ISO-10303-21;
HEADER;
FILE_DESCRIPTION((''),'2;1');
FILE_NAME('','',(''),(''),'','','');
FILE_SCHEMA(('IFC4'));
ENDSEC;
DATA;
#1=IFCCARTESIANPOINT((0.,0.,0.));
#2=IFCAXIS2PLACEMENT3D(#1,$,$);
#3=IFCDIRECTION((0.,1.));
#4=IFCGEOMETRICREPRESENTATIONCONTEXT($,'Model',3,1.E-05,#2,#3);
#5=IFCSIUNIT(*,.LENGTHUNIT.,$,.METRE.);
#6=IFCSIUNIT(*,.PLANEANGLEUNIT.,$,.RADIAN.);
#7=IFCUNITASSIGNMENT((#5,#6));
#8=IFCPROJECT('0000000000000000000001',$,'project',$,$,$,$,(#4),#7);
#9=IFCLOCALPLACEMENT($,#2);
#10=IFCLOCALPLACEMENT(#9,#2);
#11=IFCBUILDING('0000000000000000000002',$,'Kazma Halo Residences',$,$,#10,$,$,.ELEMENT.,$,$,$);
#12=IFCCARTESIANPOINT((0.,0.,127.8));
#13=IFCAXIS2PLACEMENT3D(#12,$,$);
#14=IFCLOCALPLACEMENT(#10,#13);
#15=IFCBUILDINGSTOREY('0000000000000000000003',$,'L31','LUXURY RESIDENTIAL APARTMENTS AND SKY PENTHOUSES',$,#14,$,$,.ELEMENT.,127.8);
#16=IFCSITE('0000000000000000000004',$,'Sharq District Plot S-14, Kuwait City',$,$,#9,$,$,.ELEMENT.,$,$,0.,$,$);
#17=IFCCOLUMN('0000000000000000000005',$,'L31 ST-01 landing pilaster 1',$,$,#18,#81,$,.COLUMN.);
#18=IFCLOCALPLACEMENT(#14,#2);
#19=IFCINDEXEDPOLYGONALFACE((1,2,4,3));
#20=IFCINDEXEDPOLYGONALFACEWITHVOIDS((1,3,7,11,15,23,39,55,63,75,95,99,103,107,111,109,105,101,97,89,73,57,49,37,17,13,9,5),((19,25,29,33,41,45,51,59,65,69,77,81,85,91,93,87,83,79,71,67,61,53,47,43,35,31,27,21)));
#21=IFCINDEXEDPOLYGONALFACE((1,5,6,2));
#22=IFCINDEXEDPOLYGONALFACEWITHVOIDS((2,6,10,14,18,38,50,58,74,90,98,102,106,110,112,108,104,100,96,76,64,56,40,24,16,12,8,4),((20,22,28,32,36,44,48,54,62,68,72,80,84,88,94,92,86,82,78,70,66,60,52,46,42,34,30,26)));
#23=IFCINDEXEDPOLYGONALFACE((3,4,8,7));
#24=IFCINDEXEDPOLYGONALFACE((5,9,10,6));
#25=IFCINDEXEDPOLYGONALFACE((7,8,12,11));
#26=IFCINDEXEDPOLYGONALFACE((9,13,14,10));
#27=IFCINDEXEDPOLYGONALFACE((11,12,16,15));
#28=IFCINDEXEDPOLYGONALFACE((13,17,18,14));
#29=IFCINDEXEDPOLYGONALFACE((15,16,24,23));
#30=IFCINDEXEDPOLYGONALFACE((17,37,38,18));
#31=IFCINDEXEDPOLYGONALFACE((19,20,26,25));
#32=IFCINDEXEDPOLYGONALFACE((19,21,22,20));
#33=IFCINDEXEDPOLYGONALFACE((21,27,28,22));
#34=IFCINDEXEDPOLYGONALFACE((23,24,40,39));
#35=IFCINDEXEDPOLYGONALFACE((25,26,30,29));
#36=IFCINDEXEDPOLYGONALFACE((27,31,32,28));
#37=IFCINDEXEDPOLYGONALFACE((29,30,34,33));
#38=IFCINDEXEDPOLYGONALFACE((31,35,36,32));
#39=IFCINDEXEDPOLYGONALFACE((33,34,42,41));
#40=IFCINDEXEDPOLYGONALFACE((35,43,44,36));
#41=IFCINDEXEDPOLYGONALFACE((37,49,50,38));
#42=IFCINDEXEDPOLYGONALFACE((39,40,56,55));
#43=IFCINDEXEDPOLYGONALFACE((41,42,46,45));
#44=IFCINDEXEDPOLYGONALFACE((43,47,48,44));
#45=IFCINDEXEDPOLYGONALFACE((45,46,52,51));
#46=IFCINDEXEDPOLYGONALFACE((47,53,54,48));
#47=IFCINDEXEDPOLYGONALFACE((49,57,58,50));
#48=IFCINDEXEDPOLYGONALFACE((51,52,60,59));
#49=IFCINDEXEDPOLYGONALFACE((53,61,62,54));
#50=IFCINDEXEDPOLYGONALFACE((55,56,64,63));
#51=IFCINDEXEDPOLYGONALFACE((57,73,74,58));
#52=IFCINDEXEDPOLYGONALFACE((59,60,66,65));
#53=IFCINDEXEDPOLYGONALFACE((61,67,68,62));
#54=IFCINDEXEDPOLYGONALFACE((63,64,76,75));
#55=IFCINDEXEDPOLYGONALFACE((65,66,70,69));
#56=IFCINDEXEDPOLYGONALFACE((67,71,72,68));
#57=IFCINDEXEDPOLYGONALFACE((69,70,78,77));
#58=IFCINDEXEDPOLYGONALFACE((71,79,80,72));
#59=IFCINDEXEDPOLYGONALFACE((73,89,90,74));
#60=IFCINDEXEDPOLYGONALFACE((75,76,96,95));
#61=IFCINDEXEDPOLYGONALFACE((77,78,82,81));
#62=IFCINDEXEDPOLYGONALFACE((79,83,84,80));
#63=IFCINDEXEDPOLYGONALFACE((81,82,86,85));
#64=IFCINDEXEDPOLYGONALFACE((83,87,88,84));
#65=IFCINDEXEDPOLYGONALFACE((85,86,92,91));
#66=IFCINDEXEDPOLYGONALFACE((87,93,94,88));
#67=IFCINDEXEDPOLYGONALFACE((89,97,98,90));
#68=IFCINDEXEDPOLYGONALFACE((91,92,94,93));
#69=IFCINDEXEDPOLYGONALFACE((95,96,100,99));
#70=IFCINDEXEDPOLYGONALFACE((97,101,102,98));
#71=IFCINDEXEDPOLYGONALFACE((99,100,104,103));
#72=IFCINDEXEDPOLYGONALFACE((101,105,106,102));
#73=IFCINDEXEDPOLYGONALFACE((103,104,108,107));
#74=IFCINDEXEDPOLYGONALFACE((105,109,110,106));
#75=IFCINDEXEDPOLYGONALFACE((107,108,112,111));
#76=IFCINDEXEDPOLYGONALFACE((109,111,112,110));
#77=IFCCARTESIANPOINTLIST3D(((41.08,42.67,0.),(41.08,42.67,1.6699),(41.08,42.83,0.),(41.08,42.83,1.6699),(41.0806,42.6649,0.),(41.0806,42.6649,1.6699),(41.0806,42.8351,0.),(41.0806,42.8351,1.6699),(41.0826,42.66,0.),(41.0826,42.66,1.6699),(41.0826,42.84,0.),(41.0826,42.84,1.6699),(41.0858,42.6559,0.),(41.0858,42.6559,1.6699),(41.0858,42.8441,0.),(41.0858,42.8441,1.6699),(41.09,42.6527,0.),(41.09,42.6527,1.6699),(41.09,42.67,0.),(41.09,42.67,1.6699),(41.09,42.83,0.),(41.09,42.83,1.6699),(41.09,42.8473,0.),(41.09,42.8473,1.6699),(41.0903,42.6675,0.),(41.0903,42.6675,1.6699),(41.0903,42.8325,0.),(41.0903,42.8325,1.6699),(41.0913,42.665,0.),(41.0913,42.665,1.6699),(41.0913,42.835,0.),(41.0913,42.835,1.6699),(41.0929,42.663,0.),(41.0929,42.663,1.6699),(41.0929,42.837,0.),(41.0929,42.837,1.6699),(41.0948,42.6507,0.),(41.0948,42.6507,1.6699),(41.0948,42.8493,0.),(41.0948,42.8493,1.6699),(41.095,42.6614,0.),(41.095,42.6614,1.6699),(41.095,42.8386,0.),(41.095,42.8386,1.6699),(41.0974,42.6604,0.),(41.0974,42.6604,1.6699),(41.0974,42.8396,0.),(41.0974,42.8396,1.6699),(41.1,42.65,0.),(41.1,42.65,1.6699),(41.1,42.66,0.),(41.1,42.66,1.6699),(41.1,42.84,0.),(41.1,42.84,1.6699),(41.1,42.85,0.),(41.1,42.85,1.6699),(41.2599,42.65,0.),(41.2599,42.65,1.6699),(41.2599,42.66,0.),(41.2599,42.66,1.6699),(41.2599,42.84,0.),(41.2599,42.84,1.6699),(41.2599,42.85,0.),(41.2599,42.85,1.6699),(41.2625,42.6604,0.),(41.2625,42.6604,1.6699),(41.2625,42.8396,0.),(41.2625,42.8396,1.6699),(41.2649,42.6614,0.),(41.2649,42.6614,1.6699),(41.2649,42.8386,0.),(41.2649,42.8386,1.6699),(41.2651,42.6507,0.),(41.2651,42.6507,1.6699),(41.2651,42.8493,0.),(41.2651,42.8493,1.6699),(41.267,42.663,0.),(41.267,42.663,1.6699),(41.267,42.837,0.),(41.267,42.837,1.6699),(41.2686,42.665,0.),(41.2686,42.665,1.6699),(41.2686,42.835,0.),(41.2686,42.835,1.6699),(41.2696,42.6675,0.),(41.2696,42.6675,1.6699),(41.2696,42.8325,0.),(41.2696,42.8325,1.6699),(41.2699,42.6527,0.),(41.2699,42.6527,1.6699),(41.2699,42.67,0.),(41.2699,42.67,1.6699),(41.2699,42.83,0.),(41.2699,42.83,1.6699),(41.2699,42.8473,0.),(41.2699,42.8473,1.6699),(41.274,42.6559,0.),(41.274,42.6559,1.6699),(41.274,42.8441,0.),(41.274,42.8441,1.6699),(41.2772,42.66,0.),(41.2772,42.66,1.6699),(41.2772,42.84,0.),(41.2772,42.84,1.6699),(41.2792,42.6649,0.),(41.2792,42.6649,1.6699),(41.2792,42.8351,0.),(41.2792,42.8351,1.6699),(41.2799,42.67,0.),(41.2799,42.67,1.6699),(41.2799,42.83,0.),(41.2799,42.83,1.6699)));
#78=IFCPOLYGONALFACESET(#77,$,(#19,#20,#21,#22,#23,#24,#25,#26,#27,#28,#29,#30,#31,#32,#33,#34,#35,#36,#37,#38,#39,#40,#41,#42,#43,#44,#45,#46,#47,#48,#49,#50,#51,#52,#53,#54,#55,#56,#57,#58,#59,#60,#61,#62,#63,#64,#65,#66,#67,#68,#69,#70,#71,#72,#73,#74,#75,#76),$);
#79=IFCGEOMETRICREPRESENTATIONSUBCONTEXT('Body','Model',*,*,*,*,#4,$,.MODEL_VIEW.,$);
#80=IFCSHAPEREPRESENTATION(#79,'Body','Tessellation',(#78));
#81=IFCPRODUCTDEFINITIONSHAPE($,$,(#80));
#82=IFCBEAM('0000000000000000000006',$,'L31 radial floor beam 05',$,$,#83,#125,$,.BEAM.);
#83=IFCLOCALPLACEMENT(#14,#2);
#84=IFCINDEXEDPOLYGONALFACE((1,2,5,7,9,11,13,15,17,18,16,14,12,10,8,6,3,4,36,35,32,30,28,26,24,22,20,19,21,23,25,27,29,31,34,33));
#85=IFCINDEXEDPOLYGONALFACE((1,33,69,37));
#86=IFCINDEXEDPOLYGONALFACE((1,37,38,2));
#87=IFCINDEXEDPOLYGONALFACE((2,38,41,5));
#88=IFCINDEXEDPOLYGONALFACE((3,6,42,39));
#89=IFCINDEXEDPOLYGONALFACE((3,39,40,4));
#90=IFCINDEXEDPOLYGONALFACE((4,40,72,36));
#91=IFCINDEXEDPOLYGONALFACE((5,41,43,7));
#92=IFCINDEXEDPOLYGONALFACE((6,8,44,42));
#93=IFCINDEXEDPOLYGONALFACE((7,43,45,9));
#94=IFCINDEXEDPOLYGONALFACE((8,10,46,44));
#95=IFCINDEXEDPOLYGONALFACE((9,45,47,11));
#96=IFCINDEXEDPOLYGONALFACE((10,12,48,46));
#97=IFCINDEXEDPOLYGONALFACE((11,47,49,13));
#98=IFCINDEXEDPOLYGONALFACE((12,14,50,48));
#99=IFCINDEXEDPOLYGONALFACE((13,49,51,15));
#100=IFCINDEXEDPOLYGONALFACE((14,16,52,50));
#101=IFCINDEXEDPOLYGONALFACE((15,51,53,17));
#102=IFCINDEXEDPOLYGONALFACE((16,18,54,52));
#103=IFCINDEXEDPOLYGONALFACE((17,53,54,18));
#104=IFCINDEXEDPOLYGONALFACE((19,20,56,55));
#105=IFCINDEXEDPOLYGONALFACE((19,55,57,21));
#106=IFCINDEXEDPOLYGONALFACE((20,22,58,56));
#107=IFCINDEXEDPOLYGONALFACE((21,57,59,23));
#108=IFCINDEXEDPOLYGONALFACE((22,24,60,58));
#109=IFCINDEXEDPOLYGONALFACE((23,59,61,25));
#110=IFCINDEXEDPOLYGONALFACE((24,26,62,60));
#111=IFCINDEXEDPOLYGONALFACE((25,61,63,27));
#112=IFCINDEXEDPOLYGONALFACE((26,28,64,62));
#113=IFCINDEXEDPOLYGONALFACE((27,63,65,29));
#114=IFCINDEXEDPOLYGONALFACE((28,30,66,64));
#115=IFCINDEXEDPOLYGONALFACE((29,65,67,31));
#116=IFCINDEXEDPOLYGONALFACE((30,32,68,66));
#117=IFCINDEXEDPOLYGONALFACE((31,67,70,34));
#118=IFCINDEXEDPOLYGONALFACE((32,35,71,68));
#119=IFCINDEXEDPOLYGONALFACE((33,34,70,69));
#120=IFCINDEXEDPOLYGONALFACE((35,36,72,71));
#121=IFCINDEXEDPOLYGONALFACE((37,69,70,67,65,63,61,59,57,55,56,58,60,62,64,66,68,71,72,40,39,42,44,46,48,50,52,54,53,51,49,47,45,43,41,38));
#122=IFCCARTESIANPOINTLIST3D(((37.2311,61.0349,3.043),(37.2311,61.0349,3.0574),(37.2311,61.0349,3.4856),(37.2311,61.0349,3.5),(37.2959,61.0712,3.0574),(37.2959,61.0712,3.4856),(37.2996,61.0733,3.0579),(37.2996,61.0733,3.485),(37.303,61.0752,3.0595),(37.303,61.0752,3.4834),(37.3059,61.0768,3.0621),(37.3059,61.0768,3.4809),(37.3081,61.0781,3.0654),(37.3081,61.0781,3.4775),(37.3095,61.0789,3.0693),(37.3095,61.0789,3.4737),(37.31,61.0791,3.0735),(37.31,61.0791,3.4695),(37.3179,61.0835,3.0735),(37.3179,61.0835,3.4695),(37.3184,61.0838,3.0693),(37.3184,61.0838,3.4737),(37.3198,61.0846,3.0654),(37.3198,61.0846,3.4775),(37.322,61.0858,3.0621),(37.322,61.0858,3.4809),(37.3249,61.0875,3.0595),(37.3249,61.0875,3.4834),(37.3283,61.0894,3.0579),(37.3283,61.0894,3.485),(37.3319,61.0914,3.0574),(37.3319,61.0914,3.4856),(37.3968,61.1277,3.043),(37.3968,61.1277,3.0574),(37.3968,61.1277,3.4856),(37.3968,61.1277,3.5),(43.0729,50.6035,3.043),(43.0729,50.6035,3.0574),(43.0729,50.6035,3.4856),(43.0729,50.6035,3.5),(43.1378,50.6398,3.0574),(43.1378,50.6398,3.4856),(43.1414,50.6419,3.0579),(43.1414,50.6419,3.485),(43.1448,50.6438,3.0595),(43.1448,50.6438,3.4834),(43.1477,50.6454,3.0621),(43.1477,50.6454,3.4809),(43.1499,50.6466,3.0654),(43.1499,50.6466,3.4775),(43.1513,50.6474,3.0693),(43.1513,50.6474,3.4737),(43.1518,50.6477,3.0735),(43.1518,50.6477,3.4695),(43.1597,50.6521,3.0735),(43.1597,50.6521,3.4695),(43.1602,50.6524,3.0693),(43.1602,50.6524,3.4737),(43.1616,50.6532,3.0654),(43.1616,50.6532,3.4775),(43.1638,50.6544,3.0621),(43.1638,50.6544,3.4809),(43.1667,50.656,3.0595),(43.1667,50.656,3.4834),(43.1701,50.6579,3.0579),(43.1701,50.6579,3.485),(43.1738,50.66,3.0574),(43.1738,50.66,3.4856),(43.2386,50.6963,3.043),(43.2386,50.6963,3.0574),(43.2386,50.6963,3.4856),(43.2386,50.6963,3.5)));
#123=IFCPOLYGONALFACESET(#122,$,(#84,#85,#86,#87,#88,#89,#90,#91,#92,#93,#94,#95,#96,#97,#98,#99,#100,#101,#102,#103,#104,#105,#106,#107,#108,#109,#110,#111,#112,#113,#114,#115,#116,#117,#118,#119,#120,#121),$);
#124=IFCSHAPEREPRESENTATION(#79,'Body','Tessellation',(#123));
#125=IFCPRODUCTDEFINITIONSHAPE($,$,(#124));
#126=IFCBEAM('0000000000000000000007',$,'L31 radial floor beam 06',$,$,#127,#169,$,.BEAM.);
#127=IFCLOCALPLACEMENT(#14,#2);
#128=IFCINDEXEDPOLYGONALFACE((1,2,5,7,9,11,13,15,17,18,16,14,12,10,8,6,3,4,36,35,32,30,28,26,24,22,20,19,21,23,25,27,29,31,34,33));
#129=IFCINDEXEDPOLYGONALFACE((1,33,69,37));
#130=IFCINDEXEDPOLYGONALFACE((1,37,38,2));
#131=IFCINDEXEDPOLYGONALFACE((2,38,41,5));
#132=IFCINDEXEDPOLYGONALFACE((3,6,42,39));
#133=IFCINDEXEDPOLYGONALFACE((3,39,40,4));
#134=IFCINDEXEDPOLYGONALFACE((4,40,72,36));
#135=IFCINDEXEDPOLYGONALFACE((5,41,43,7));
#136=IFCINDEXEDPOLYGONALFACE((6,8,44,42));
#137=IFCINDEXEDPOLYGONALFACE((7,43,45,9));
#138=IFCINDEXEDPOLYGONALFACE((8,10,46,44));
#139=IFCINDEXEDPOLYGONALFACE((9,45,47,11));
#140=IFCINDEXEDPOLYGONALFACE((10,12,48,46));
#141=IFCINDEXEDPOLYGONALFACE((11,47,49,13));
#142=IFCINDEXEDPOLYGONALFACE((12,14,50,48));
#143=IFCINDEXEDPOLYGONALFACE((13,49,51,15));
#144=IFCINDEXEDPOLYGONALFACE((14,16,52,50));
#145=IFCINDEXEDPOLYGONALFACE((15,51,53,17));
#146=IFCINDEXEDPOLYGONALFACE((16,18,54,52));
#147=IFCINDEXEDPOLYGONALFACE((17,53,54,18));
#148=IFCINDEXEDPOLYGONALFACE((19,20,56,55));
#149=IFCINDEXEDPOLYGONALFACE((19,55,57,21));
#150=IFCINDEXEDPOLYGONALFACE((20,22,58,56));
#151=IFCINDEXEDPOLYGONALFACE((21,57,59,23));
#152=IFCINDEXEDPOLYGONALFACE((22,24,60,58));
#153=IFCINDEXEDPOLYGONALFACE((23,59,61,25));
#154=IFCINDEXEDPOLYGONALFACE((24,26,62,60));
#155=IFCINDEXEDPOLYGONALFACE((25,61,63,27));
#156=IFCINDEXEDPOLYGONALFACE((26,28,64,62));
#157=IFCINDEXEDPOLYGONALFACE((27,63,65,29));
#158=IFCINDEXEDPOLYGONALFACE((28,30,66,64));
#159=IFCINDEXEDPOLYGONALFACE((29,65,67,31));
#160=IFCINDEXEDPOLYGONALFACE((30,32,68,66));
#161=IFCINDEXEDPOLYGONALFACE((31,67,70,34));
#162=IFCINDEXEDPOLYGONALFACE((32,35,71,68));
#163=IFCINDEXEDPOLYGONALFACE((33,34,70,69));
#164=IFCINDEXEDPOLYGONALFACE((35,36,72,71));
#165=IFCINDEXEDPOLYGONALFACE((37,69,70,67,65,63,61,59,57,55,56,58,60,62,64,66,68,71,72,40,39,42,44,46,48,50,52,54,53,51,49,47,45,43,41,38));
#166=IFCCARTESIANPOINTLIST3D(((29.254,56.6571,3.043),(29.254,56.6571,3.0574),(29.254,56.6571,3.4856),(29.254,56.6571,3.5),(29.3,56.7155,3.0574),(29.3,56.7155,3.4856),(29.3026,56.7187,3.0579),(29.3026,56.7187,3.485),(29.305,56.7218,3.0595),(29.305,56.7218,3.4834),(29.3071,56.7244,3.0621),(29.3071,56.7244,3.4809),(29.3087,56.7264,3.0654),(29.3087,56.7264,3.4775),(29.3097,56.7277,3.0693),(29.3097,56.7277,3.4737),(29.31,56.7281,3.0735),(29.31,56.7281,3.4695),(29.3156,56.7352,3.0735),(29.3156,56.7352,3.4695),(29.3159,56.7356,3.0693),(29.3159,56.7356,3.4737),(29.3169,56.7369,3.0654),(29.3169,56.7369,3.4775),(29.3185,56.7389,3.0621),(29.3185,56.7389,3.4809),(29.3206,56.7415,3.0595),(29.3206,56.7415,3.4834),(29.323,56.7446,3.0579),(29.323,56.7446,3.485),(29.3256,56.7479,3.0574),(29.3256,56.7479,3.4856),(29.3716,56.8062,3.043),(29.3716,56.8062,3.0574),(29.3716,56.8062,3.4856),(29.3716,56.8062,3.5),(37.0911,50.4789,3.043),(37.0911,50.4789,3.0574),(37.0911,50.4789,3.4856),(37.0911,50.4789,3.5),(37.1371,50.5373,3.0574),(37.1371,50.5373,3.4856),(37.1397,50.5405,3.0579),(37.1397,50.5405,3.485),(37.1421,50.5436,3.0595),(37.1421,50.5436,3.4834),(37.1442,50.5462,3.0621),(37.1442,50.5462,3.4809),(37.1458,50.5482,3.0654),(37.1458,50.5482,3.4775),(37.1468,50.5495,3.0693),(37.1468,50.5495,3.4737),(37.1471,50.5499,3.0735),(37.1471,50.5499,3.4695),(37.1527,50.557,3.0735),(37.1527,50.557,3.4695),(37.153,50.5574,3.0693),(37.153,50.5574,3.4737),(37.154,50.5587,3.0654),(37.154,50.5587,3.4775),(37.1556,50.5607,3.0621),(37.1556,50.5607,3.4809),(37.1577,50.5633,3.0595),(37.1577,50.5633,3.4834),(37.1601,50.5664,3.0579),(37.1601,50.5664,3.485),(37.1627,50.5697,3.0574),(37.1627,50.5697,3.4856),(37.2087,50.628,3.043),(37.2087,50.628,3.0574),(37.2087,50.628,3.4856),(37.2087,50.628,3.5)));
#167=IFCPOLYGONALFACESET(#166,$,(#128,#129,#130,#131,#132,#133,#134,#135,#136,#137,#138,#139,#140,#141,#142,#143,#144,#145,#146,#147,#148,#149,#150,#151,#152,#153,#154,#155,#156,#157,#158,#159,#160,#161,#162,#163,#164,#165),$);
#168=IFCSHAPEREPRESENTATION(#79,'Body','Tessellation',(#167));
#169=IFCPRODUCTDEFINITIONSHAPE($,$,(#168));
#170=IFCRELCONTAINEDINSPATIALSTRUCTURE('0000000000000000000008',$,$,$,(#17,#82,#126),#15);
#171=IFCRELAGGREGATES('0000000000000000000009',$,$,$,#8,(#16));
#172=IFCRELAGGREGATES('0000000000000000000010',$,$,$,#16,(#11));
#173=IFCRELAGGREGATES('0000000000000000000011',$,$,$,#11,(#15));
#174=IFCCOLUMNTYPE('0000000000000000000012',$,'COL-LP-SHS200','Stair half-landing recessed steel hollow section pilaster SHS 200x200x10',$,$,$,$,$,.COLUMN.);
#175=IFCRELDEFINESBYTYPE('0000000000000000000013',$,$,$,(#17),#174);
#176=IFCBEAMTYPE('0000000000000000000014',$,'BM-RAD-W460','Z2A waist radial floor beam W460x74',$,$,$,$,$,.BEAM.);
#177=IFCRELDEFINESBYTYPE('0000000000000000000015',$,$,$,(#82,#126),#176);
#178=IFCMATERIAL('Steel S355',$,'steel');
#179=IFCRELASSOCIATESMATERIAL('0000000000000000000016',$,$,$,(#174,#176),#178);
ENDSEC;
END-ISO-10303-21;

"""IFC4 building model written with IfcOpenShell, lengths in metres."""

from ifc_helpers import new_model, si_unit, direction, frame, origin, origin_2d, place, context, subcontext, project, spatial, hollow_rectangle, i_section, extrude, material, material_profile, profile_set, type_object, element, save


model = new_model("IFC4")

# Units and contexts
model_context = context("Model", 3, precision=1e-05, world=origin(), true_north=direction((0.0, 1.0)))
body_context = subcontext(model_context, "Body", "Model", "MODEL_VIEW")
ifc_project = project(units=[si_unit("LENGTHUNIT", "METRE"), si_unit("PLANEANGLEUNIT", "RADIAN")], contexts=[model_context])

# Site, building, storey
site_placement = place(None, origin())
site = spatial("IfcSite", under=ifc_project, at=site_placement, Name="Sharq District Plot S-14, Kuwait City", CompositionType="ELEMENT", RefElevation=0.0)
building_placement = place(site_placement, origin())
building = spatial("IfcBuilding", under=site, at=building_placement, Name="Kazma Halo Residences", CompositionType="ELEMENT")
storey_placement = place(building_placement, frame((0.0, 0.0, 127.8)))
storey = spatial("IfcBuildingStorey", under=building, at=storey_placement, Name="L31", Description="LUXURY RESIDENTIAL APARTMENTS AND SKY PENTHOUSES", CompositionType="ELEMENT", Elevation=127.8)

# Column
ifc_material_1 = material(Name="Steel S355", Category="steel")
ifc_material_profile_1 = material_profile(ifc_material_1, hollow_rectangle(XDim=0.2, YDim=0.2, WallThickness=0.01, InnerFilletRadius=0.01, OuterFilletRadius=0.02, at=origin_2d()), Name="SHS200x200x10")
ifc_profile_set_1 = profile_set([ifc_material_profile_1], Name="Steel S355")
column_type = type_object("IfcColumnType", Name="COL-LP-SHS200", Description="Stair half-landing recessed steel hollow section pilaster SHS 200x200x10", PredefinedType="COLUMN", material=ifc_profile_set_1)
column_placement = place(storey_placement, frame((41.1799, 42.75, 0.0), z_axis=(0.0, 0.0, 1.0), x_axis=(1.0, 0.0, 0.0)))
element("IfcColumn", 1, at=column_placement, inside=storey, type_object=column_type, Name="L31 ST-01 landing pilaster 1", PredefinedType="COLUMN", context=body_context, shape_type="SweptSolid", body=[
    extrude(hollow_rectangle(XDim=0.2, YDim=0.2, WallThickness=0.01, InnerFilletRadius=0.01, OuterFilletRadius=0.02, at=origin_2d()), origin(), (0.0, 0.0, 1.0), 1.6699),
])

# Beams
ifc_material_profile_2 = material_profile(ifc_material_1, i_section(OverallWidth=0.1899, OverallDepth=0.457, WebThickness=0.009, FlangeThickness=0.0144, FilletRadius=0.0161, at=origin_2d()), Name="W460x74")
ifc_profile_set_2 = profile_set([ifc_material_profile_2], Name="Steel S355")
beam_type_1 = type_object("IfcBeamType", Name="BM-RAD-W460", Description="Z2A waist radial floor beam W460x74", PredefinedType="BEAM", material=ifc_profile_set_2)
beam_1_placement = place(storey_placement, frame((43.1558, 50.6499, 3.2715), z_axis=(-0.488617, 0.872498, 0.0), x_axis=(-0.872498, -0.488617, 0.0)))
element("IfcBeam", 2, at=beam_1_placement, inside=storey, type_object=beam_type_1, Name="L31 radial floor beam 05", PredefinedType="BEAM", context=body_context, shape_type="SweptSolid", body=[
    extrude(i_section(OverallWidth=0.1899, OverallDepth=0.457, WebThickness=0.009, FlangeThickness=0.0144, FilletRadius=0.0161, at=origin_2d()), origin(), (0.0, 0.0, 1.0), 11.9558),
])
beam_2_placement = place(storey_placement, frame((37.1499, 50.5535, 3.2715), z_axis=(-0.785322, 0.619088, 0.0), x_axis=(-0.619088, -0.785322, 0.0)))
element("IfcBeam", 3, at=beam_2_placement, inside=storey, type_object=beam_type_1, Name="L31 radial floor beam 06", PredefinedType="BEAM", context=body_context, shape_type="SweptSolid", body=[
    extrude(i_section(OverallWidth=0.1899, OverallDepth=0.457, WebThickness=0.009, FlangeThickness=0.0144, FilletRadius=0.0161, at=origin_2d()), origin(), (0.0, 0.0, 1.0), 9.9795),
])

save(model, "model.ifc")
